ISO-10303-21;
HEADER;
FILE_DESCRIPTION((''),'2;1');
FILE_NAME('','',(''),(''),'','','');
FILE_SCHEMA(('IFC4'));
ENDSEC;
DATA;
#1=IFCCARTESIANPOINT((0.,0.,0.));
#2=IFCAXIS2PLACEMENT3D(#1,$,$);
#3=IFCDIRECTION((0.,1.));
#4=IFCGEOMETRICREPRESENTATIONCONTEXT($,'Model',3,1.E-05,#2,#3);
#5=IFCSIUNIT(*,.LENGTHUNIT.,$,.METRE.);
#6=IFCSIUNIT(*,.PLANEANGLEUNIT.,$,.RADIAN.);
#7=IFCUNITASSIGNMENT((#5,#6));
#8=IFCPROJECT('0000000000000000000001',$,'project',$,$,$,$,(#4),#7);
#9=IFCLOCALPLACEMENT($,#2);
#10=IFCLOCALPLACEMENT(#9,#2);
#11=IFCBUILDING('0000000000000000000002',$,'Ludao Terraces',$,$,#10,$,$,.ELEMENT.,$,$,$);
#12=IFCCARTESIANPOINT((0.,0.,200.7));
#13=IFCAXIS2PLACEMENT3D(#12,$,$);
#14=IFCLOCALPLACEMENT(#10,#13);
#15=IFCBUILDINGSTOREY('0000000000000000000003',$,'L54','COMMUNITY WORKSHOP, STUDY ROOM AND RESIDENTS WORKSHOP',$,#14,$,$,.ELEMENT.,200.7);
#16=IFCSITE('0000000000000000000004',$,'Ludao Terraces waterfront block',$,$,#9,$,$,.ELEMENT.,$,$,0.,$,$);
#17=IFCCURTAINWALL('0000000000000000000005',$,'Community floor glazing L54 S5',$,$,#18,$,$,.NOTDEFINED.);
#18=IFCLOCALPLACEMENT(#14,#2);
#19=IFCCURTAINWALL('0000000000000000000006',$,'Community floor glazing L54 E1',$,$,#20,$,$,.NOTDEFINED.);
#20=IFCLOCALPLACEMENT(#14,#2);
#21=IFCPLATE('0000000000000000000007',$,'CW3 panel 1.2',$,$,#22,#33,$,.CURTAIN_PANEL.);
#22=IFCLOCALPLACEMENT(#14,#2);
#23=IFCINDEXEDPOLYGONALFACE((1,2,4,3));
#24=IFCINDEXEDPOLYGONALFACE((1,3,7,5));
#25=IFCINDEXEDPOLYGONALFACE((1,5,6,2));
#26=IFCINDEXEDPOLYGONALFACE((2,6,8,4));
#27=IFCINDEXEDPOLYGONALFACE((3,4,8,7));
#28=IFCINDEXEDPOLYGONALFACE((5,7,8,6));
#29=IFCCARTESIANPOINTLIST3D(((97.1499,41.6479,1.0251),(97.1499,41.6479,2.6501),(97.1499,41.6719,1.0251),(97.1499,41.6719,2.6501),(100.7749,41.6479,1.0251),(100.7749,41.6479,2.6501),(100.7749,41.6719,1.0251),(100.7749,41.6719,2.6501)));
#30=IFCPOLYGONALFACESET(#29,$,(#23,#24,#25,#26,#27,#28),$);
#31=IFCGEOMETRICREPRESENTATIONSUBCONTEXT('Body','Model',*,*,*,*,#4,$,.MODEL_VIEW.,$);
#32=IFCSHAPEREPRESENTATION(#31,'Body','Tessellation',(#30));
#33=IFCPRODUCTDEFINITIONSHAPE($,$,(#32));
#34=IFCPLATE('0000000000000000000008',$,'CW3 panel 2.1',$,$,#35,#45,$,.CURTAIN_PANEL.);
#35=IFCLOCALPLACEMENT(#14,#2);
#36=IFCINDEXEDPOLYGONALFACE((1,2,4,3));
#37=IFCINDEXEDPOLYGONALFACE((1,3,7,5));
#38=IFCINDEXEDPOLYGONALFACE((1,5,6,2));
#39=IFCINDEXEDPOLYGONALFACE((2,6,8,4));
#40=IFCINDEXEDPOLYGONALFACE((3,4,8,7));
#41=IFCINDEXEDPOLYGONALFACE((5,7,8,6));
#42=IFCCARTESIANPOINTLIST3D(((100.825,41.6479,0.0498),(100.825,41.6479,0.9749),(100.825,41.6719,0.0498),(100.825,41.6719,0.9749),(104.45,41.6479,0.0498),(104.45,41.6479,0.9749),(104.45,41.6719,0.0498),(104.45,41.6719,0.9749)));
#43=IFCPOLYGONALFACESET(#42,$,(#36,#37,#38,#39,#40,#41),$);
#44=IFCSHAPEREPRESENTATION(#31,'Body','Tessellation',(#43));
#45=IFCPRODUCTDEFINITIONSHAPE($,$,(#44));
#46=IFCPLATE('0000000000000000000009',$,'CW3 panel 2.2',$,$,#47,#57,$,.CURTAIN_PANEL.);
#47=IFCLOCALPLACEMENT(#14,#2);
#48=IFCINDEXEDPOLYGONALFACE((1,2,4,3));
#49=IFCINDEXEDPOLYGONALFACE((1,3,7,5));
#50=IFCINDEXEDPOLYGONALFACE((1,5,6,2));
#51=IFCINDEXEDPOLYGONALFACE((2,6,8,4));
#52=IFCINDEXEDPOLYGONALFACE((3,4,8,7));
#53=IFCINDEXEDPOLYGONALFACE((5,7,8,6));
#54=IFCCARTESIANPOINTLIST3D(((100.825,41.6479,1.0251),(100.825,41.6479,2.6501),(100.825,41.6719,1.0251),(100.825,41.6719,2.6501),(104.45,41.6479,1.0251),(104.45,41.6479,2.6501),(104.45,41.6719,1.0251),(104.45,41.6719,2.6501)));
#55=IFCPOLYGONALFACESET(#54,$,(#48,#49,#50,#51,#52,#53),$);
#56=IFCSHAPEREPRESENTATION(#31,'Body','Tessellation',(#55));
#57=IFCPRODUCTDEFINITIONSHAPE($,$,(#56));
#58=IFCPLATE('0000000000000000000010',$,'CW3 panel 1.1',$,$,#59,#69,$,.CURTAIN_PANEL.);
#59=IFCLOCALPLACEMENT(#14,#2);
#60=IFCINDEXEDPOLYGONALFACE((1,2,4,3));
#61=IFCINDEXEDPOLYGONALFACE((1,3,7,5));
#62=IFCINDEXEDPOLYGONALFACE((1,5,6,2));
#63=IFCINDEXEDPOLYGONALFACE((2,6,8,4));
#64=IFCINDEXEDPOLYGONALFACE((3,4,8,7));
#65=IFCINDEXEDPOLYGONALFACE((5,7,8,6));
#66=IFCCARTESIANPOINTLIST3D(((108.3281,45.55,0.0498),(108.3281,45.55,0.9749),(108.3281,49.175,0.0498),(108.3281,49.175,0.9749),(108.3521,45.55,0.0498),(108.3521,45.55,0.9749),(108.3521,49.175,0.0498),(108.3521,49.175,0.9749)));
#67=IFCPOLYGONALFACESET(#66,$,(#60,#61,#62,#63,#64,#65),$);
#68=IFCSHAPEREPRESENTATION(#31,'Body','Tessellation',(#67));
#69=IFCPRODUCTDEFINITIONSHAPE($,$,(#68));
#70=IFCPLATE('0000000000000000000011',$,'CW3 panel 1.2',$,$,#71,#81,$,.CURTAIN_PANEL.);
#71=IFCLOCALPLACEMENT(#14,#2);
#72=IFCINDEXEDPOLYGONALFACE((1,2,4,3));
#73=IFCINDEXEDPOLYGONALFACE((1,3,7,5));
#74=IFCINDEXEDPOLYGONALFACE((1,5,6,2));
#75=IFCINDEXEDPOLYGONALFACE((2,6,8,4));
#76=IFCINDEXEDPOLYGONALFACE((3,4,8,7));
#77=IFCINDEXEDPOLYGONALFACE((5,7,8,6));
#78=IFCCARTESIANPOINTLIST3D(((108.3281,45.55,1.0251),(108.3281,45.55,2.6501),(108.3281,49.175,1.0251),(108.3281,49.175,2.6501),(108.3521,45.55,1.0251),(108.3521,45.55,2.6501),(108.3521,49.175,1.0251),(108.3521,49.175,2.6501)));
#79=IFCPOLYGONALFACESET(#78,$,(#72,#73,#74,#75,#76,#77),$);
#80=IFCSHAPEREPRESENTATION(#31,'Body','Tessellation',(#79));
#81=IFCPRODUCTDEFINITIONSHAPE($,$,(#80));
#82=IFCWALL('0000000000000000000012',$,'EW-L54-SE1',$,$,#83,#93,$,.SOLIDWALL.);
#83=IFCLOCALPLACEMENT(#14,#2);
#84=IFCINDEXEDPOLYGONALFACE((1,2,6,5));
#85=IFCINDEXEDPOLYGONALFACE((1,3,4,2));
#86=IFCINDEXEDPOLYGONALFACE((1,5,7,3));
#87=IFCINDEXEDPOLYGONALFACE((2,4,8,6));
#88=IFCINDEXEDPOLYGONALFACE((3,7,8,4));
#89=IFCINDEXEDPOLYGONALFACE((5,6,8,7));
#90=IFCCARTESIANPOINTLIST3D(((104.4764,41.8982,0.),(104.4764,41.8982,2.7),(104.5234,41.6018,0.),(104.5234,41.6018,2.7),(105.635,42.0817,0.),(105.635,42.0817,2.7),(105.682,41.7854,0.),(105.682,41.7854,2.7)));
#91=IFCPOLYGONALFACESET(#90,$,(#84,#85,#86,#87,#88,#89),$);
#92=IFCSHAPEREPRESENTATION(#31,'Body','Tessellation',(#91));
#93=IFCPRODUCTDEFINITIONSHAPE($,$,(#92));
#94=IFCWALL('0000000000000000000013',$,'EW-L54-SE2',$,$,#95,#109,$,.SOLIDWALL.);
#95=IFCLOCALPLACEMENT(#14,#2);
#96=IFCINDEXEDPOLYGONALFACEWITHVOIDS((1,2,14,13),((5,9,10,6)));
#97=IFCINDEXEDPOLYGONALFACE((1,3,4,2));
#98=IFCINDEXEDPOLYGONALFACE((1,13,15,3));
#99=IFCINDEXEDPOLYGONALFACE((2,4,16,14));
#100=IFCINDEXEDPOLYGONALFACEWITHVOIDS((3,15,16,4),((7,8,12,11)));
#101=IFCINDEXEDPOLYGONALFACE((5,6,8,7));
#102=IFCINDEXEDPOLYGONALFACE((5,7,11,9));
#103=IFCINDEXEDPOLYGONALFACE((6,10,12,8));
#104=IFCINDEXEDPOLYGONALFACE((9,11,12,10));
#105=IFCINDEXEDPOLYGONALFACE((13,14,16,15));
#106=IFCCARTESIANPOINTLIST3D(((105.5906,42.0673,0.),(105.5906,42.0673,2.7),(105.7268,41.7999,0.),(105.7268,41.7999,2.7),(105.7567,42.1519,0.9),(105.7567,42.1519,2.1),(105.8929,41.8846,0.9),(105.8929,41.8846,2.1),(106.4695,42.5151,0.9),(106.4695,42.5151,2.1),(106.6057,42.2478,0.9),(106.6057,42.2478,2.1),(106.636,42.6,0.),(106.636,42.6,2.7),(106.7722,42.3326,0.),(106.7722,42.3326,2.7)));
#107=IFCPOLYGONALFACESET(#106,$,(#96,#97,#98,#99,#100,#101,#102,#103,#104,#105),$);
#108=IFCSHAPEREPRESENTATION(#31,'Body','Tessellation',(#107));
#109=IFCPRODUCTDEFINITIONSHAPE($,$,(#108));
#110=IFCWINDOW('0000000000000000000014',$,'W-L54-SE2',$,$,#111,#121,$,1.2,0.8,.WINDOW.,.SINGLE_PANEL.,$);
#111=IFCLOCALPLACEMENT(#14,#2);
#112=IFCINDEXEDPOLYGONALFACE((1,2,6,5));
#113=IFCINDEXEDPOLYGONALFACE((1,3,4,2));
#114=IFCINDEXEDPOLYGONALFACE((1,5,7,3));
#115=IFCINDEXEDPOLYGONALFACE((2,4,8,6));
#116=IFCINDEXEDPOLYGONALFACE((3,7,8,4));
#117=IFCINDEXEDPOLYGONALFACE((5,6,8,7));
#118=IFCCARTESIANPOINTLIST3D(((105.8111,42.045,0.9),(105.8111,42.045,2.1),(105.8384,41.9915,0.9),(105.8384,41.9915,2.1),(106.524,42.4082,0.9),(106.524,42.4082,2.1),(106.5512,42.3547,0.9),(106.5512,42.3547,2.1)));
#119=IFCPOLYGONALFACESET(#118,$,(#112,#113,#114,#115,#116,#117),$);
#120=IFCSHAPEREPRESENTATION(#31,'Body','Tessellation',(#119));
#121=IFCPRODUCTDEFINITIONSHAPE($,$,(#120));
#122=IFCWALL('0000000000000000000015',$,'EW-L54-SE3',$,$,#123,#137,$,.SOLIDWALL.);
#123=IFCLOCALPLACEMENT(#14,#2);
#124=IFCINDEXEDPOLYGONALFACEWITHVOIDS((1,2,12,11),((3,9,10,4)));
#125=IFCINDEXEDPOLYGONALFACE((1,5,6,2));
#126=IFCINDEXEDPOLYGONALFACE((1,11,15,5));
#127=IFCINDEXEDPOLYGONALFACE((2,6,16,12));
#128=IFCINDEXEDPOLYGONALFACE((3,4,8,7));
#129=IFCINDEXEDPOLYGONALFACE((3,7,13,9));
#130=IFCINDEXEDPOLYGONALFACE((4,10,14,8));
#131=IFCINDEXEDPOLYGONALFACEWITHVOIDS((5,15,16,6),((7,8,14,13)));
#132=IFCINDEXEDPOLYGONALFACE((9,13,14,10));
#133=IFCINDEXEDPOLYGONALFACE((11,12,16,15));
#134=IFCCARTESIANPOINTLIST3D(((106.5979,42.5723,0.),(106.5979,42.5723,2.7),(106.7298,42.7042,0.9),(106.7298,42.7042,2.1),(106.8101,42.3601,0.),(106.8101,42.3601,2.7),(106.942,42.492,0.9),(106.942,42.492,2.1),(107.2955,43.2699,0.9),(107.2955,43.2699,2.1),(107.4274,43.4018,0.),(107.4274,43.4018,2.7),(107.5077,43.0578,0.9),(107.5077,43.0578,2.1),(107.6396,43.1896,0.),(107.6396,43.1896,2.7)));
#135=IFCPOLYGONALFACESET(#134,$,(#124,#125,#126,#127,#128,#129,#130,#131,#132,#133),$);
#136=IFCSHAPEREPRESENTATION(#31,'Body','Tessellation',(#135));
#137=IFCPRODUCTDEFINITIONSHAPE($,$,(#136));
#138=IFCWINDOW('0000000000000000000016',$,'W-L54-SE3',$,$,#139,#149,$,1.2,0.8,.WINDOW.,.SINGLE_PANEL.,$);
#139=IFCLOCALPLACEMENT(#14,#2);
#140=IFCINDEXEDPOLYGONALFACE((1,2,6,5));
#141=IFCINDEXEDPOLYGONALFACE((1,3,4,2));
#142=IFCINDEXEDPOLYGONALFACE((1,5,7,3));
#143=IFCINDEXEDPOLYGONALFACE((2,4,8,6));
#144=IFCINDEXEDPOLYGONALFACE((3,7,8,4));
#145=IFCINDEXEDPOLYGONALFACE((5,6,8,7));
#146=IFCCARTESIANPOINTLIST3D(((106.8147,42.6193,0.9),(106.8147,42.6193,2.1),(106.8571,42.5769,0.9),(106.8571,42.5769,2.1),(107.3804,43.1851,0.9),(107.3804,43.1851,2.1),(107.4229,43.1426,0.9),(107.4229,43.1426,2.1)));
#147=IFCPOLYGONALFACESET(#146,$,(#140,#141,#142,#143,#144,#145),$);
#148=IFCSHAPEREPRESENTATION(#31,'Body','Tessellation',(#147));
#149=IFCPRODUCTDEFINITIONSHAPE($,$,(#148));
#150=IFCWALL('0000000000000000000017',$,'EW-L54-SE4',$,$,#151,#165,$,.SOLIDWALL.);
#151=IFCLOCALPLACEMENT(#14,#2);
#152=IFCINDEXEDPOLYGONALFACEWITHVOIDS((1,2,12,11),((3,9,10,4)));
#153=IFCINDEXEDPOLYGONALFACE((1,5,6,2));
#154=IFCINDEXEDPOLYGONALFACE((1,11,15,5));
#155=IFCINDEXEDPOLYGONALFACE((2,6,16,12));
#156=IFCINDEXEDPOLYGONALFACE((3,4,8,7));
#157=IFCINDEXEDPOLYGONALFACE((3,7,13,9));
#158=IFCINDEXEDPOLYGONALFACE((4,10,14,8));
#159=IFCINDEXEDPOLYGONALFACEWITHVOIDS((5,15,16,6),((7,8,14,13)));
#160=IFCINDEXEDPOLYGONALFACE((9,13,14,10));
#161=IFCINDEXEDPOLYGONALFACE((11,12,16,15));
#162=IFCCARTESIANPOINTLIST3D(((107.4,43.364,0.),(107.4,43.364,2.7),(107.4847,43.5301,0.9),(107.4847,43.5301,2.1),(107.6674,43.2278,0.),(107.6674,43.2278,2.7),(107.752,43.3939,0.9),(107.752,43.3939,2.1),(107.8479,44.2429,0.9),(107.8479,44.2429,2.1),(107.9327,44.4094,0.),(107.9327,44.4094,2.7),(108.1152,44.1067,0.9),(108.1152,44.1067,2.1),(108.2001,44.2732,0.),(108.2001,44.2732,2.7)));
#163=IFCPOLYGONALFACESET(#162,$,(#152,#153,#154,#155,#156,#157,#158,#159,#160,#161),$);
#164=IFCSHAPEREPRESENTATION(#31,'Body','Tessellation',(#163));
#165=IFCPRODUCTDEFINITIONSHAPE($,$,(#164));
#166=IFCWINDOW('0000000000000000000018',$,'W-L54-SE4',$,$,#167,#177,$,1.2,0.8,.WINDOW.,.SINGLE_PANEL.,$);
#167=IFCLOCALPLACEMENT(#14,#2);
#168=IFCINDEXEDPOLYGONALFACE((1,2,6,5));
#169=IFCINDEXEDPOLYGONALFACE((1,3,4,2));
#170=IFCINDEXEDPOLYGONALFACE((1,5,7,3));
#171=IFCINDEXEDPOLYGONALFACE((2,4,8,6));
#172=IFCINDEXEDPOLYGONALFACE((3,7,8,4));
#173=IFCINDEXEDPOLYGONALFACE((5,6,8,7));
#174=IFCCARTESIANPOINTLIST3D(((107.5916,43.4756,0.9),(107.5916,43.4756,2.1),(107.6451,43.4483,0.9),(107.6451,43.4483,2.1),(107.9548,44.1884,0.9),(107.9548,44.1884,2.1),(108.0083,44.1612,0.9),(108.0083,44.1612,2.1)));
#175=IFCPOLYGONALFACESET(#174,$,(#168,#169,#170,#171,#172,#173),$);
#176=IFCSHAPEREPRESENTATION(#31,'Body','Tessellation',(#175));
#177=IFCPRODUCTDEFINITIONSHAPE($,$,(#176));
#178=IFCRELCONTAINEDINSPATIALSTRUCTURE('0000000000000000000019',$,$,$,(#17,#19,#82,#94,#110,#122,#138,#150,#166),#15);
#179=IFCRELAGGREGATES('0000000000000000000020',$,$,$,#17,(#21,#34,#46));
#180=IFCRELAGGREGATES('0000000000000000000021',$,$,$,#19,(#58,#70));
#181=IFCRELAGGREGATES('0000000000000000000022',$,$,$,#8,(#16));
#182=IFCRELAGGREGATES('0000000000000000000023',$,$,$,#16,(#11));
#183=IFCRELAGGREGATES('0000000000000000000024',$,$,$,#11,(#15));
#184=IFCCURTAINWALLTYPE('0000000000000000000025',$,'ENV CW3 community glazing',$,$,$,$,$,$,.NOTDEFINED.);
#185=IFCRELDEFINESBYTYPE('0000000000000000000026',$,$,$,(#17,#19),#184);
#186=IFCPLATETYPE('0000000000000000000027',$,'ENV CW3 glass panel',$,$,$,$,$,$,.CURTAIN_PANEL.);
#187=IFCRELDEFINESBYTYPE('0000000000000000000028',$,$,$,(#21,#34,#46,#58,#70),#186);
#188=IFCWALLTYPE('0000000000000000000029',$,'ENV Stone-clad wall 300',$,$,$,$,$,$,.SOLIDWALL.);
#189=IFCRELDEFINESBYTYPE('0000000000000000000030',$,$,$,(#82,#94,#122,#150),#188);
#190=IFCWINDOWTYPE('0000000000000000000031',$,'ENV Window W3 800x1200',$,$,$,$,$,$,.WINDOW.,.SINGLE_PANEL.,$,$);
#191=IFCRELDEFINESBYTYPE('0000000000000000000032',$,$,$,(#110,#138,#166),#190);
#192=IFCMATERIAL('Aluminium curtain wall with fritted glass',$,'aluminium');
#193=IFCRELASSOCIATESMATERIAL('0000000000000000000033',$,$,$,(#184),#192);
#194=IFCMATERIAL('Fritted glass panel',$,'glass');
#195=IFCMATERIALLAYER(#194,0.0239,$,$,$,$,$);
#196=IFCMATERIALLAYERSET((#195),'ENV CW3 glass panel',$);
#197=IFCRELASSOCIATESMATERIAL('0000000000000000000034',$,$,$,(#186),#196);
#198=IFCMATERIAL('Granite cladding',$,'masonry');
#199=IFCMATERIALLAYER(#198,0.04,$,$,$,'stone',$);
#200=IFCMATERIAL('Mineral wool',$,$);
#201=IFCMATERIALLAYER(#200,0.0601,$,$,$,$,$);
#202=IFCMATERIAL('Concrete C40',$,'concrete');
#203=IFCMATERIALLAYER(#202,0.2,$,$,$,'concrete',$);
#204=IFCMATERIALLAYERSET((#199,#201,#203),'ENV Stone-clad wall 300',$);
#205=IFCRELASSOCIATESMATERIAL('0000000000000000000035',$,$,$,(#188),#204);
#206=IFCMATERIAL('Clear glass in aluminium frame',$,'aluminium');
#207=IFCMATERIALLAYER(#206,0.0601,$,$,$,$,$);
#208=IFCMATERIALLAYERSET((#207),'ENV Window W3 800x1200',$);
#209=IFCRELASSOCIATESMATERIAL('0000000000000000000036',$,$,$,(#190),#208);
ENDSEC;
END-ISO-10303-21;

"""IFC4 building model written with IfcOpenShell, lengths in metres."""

from ifc_helpers import new_model, si_unit, direction, frame, frame_2d, origin, origin_2d, place, context, subcontext, project, spatial, rectangle, extrude, material, layer, layer_set, type_object, element, fill, aggregate, save


model = new_model("IFC4")

# Units and contexts
model_context = context("Model", 3, precision=1e-05, world=origin(), true_north=direction((0.0, 1.0)))
body_context = subcontext(model_context, "Body", "Model", "MODEL_VIEW")
ifc_project = project(units=[si_unit("LENGTHUNIT", "METRE"), si_unit("PLANEANGLEUNIT", "RADIAN")], contexts=[model_context])

# Site, building, storey
site_placement = place(None, origin())
site = spatial("IfcSite", under=ifc_project, at=site_placement, Name="Ludao Terraces waterfront block", CompositionType="ELEMENT", RefElevation=0.0)
building_placement = place(site_placement, origin())
building = spatial("IfcBuilding", under=site, at=building_placement, Name="Ludao Terraces", CompositionType="ELEMENT")
storey_placement = place(building_placement, frame((0.0, 0.0, 200.7)))
storey = spatial("IfcBuildingStorey", under=building, at=storey_placement, Name="L54", Description="COMMUNITY WORKSHOP, STUDY ROOM AND RESIDENTS WORKSHOP", CompositionType="ELEMENT", Elevation=200.7)

# Curtain walls
ifc_material_1 = material(Name="Aluminium curtain wall with fritted glass", Category="aluminium")
curtain_wall_type = type_object("IfcCurtainWallType", Name="ENV CW3 community glazing", PredefinedType="NOTDEFINED", material=ifc_material_1)
curtain_wall_1_placement = place(storey_placement, origin())
curtain_wall_1 = element("IfcCurtainWall", 1, at=curtain_wall_1_placement, inside=storey, type_object=curtain_wall_type, Name="Community floor glazing L54 S5", PredefinedType="NOTDEFINED")
curtain_wall_2_placement = place(storey_placement, origin())
curtain_wall_2 = element("IfcCurtainWall", 2, at=curtain_wall_2_placement, inside=storey, type_object=curtain_wall_type, Name="Community floor glazing L54 E1", PredefinedType="NOTDEFINED")

# Shared definitions
ifc_material_2 = material(Name="Concrete C40", Category="concrete")

# Plates
ifc_material_3 = material(Name="Fritted glass panel", Category="glass")
ifc_layer_1 = layer(ifc_material_3, 0.0239)
ifc_layer_set_1 = layer_set([ifc_layer_1], Name="ENV CW3 glass panel")
plate_type = type_object("IfcPlateType", Name="ENV CW3 glass panel", PredefinedType="CURTAIN_PANEL", material=ifc_layer_set_1)
plate_1_placement = place(storey_placement, frame((98.9624, 41.6599, 1.0251), z_axis=(0.0, 0.0, 1.0), x_axis=(1.0, 0.0, 0.0)))
plate_1 = element("IfcPlate", 3, at=plate_1_placement, type_object=plate_type, Name="CW3 panel 1.2", PredefinedType="CURTAIN_PANEL", context=body_context, shape_type="SweptSolid", body=[
    extrude(rectangle(XDim=3.625, YDim=0.0239, at=origin_2d()), origin(), (0.0, 0.0, 1.0), 1.625),
])
plate_2_placement = place(storey_placement, frame((102.6375, 41.6599, 0.0498), z_axis=(0.0, 0.0, 1.0), x_axis=(1.0, 0.0, 0.0)))
plate_2 = element("IfcPlate", 4, at=plate_2_placement, type_object=plate_type, Name="CW3 panel 2.1", PredefinedType="CURTAIN_PANEL", context=body_context, shape_type="SweptSolid", body=[
    extrude(rectangle(XDim=3.625, YDim=0.0239, at=origin_2d()), origin(), (0.0, 0.0, 1.0), 0.925),
])
plate_3_placement = place(storey_placement, frame((102.6375, 41.6599, 1.0251), z_axis=(0.0, 0.0, 1.0), x_axis=(1.0, 0.0, 0.0)))
plate_3 = element("IfcPlate", 5, at=plate_3_placement, type_object=plate_type, Name="CW3 panel 2.2", PredefinedType="CURTAIN_PANEL", context=body_context, shape_type="SweptSolid", body=[
    extrude(rectangle(XDim=3.625, YDim=0.0239, at=origin_2d()), origin(), (0.0, 0.0, 1.0), 1.625),
])
aggregate(curtain_wall_1, [plate_1, plate_2, plate_3])
plate_4_placement = place(storey_placement, frame((108.3401, 47.3625, 0.0498), z_axis=(0.0, 0.0, 1.0), x_axis=(0.0, 1.0, 0.0)))
plate_4 = element("IfcPlate", 6, at=plate_4_placement, type_object=plate_type, Name="CW3 panel 1.1", PredefinedType="CURTAIN_PANEL", context=body_context, shape_type="SweptSolid", body=[
    extrude(rectangle(XDim=3.625, YDim=0.0239, at=origin_2d()), origin(), (0.0, 0.0, 1.0), 0.925),
])
plate_5_placement = place(storey_placement, frame((108.3401, 47.3625, 1.0251), z_axis=(0.0, 0.0, 1.0), x_axis=(0.0, 1.0, 0.0)))
plate_5 = element("IfcPlate", 7, at=plate_5_placement, type_object=plate_type, Name="CW3 panel 1.2", PredefinedType="CURTAIN_PANEL", context=body_context, shape_type="SweptSolid", body=[
    extrude(rectangle(XDim=3.625, YDim=0.0239, at=origin_2d()), origin(), (0.0, 0.0, 1.0), 1.625),
])
aggregate(curtain_wall_2, [plate_4, plate_5])

# Wall
ifc_material_4 = material(Name="Granite cladding", Category="masonry")
ifc_layer_2 = layer(ifc_material_4, 0.04, Category="stone")
ifc_material_5 = material(Name="Mineral wool")
ifc_layer_3 = layer(ifc_material_5, 0.0601)
ifc_layer_4 = layer(ifc_material_2, 0.2, Category="concrete")
ifc_layer_set_2 = layer_set([ifc_layer_2, ifc_layer_3, ifc_layer_4], Name="ENV Stone-clad wall 300")
wall_type = type_object("IfcWallType", Name="ENV Stone-clad wall 300", PredefinedType="SOLIDWALL", material=ifc_layer_set_2)
wall_1_placement = place(storey_placement, frame((104.5, 41.75, 0.0), z_axis=(0.0, 0.0, 1.0), x_axis=(0.987678, 0.156497, 0.0)))
element("IfcWall", 8, at=wall_1_placement, inside=storey, type_object=wall_type, Name="EW-L54-SE1", PredefinedType="SOLIDWALL", context=body_context, shape_type="SweptSolid", body=[
    extrude(rectangle(XDim=1.1731, YDim=0.3, at=frame_2d((0.5864, 0.0))), origin(), (0.0, 0.0, 1.0), 2.7),
])

# Walls, openings, windows
wall_2_placement = place(storey_placement, frame((105.6587, 41.9336, 0.0), z_axis=(0.0, 0.0, 1.0), x_axis=(0.890989, 0.454026, 0.0)))
wall_2 = element("IfcWall", 9, at=wall_2_placement, inside=storey, type_object=wall_type, Name="EW-L54-SE2", PredefinedType="SOLIDWALL", context=body_context, shape_type="SweptSolid", body=[
    extrude(rectangle(XDim=1.1733, YDim=0.3, at=frame_2d((0.5867, 0.0))), origin(), (0.0, 0.0, 1.0), 2.7),
])
opening_1_placement = place(wall_2_placement, frame((0.1865, 0.0, 0.8999)))
opening_1 = element("IfcOpeningElement", 10, at=opening_1_placement, cuts=wall_2, PredefinedType="OPENING", context=body_context, shape_type="SweptSolid", body=[
    extrude(rectangle(XDim=0.8, YDim=1.2, at=frame_2d((0.3999, 0.6001))), frame((0.0, 0.1602, 0.0), z_axis=(0.0, -1.0, 0.0), x_axis=(1.0, 0.0, 0.0)), (0.0, 0.0, 1.0), 0.3201),
])
ifc_material_6 = material(Name="Clear glass in aluminium frame", Category="aluminium")
ifc_layer_5 = layer(ifc_material_6, 0.0601)
ifc_layer_set_3 = layer_set([ifc_layer_5], Name="ENV Window W3 800x1200")
window_type = type_object("IfcWindowType", Name="ENV Window W3 800x1200", PartitioningType="SINGLE_PANEL", PredefinedType="WINDOW", material=ifc_layer_set_3)
window_1_placement = place(opening_1_placement, origin())
window_1 = element("IfcWindow", 11, at=window_1_placement, inside=storey, type_object=window_type, Name="W-L54-SE2", OverallHeight=1.2, OverallWidth=0.8, PartitioningType="SINGLE_PANEL", PredefinedType="WINDOW", context=body_context, shape_type="SweptSolid", body=[
    extrude(rectangle(XDim=0.8, YDim=1.2, at=frame_2d((0.3999, 0.6001))), frame((0.0, 0.03, 0.0), z_axis=(0.0, -1.0, 0.0), x_axis=(1.0, 0.0, 0.0)), (0.0, 0.0, 1.0), 0.0601),
])
fill(opening_1, window_1)
wall_3_placement = place(storey_placement, frame((106.7041, 42.4663, 0.0), z_axis=(0.0, 0.0, 1.0), x_axis=(0.707107, 0.707107, 0.0)))
wall_3 = element("IfcWall", 12, at=wall_3_placement, inside=storey, type_object=wall_type, Name="EW-L54-SE3", PredefinedType="SOLIDWALL", context=body_context, shape_type="SweptSolid", body=[
    extrude(rectangle(XDim=1.1731, YDim=0.3, at=frame_2d((0.5864, 0.0))), origin(), (0.0, 0.0, 1.0), 2.7),
])
opening_2_placement = place(wall_3_placement, frame((0.1865, 0.0, 0.8999)))
opening_2 = element("IfcOpeningElement", 13, at=opening_2_placement, cuts=wall_3, PredefinedType="OPENING", context=body_context, shape_type="SweptSolid", body=[
    extrude(rectangle(XDim=0.8, YDim=1.2, at=frame_2d((0.3999, 0.6001))), frame((0.0, 0.1602, 0.0), z_axis=(0.0, -1.0, 0.0), x_axis=(1.0, 0.0, 0.0)), (0.0, 0.0, 1.0), 0.3201),
])
window_2_placement = place(opening_2_placement, origin())
window_2 = element("IfcWindow", 14, at=window_2_placement, inside=storey, type_object=window_type, Name="W-L54-SE3", OverallHeight=1.2, OverallWidth=0.8, PartitioningType="SINGLE_PANEL", PredefinedType="WINDOW", context=body_context, shape_type="SweptSolid", body=[
    extrude(rectangle(XDim=0.8, YDim=1.2, at=frame_2d((0.3999, 0.6001))), frame((0.0, 0.03, 0.0), z_axis=(0.0, -1.0, 0.0), x_axis=(1.0, 0.0, 0.0)), (0.0, 0.0, 1.0), 0.0601),
])
fill(opening_2, window_2)
wall_4_placement = place(storey_placement, frame((107.5337, 43.2959, 0.0), z_axis=(0.0, 0.0, 1.0), x_axis=(0.454026, 0.890989, 0.0)))
wall_4 = element("IfcWall", 15, at=wall_4_placement, inside=storey, type_object=wall_type, Name="EW-L54-SE4", PredefinedType="SOLIDWALL", context=body_context, shape_type="SweptSolid", body=[
    extrude(rectangle(XDim=1.1733, YDim=0.3, at=frame_2d((0.5867, 0.0))), origin(), (0.0, 0.0, 1.0), 2.7),
])
opening_3_placement = place(wall_4_placement, frame((0.1865, 0.0, 0.8999)))
opening_3 = element("IfcOpeningElement", 16, at=opening_3_placement, cuts=wall_4, PredefinedType="OPENING", context=body_context, shape_type="SweptSolid", body=[
    extrude(rectangle(XDim=0.8, YDim=1.2, at=frame_2d((0.3999, 0.6001))), frame((0.0, 0.1602, 0.0), z_axis=(0.0, -1.0, 0.0), x_axis=(1.0, 0.0, 0.0)), (0.0, 0.0, 1.0), 0.3201),
])
window_3_placement = place(opening_3_placement, origin())
window_3 = element("IfcWindow", 17, at=window_3_placement, inside=storey, type_object=window_type, Name="W-L54-SE4", OverallHeight=1.2, OverallWidth=0.8, PartitioningType="SINGLE_PANEL", PredefinedType="WINDOW", context=body_context, shape_type="SweptSolid", body=[
    extrude(rectangle(XDim=0.8, YDim=1.2, at=frame_2d((0.3999, 0.6001))), frame((0.0, 0.03, 0.0), z_axis=(0.0, -1.0, 0.0), x_axis=(1.0, 0.0, 0.0)), (0.0, 0.0, 1.0), 0.0601),
])
fill(opening_3, window_3)

save(model, "model.ifc")
